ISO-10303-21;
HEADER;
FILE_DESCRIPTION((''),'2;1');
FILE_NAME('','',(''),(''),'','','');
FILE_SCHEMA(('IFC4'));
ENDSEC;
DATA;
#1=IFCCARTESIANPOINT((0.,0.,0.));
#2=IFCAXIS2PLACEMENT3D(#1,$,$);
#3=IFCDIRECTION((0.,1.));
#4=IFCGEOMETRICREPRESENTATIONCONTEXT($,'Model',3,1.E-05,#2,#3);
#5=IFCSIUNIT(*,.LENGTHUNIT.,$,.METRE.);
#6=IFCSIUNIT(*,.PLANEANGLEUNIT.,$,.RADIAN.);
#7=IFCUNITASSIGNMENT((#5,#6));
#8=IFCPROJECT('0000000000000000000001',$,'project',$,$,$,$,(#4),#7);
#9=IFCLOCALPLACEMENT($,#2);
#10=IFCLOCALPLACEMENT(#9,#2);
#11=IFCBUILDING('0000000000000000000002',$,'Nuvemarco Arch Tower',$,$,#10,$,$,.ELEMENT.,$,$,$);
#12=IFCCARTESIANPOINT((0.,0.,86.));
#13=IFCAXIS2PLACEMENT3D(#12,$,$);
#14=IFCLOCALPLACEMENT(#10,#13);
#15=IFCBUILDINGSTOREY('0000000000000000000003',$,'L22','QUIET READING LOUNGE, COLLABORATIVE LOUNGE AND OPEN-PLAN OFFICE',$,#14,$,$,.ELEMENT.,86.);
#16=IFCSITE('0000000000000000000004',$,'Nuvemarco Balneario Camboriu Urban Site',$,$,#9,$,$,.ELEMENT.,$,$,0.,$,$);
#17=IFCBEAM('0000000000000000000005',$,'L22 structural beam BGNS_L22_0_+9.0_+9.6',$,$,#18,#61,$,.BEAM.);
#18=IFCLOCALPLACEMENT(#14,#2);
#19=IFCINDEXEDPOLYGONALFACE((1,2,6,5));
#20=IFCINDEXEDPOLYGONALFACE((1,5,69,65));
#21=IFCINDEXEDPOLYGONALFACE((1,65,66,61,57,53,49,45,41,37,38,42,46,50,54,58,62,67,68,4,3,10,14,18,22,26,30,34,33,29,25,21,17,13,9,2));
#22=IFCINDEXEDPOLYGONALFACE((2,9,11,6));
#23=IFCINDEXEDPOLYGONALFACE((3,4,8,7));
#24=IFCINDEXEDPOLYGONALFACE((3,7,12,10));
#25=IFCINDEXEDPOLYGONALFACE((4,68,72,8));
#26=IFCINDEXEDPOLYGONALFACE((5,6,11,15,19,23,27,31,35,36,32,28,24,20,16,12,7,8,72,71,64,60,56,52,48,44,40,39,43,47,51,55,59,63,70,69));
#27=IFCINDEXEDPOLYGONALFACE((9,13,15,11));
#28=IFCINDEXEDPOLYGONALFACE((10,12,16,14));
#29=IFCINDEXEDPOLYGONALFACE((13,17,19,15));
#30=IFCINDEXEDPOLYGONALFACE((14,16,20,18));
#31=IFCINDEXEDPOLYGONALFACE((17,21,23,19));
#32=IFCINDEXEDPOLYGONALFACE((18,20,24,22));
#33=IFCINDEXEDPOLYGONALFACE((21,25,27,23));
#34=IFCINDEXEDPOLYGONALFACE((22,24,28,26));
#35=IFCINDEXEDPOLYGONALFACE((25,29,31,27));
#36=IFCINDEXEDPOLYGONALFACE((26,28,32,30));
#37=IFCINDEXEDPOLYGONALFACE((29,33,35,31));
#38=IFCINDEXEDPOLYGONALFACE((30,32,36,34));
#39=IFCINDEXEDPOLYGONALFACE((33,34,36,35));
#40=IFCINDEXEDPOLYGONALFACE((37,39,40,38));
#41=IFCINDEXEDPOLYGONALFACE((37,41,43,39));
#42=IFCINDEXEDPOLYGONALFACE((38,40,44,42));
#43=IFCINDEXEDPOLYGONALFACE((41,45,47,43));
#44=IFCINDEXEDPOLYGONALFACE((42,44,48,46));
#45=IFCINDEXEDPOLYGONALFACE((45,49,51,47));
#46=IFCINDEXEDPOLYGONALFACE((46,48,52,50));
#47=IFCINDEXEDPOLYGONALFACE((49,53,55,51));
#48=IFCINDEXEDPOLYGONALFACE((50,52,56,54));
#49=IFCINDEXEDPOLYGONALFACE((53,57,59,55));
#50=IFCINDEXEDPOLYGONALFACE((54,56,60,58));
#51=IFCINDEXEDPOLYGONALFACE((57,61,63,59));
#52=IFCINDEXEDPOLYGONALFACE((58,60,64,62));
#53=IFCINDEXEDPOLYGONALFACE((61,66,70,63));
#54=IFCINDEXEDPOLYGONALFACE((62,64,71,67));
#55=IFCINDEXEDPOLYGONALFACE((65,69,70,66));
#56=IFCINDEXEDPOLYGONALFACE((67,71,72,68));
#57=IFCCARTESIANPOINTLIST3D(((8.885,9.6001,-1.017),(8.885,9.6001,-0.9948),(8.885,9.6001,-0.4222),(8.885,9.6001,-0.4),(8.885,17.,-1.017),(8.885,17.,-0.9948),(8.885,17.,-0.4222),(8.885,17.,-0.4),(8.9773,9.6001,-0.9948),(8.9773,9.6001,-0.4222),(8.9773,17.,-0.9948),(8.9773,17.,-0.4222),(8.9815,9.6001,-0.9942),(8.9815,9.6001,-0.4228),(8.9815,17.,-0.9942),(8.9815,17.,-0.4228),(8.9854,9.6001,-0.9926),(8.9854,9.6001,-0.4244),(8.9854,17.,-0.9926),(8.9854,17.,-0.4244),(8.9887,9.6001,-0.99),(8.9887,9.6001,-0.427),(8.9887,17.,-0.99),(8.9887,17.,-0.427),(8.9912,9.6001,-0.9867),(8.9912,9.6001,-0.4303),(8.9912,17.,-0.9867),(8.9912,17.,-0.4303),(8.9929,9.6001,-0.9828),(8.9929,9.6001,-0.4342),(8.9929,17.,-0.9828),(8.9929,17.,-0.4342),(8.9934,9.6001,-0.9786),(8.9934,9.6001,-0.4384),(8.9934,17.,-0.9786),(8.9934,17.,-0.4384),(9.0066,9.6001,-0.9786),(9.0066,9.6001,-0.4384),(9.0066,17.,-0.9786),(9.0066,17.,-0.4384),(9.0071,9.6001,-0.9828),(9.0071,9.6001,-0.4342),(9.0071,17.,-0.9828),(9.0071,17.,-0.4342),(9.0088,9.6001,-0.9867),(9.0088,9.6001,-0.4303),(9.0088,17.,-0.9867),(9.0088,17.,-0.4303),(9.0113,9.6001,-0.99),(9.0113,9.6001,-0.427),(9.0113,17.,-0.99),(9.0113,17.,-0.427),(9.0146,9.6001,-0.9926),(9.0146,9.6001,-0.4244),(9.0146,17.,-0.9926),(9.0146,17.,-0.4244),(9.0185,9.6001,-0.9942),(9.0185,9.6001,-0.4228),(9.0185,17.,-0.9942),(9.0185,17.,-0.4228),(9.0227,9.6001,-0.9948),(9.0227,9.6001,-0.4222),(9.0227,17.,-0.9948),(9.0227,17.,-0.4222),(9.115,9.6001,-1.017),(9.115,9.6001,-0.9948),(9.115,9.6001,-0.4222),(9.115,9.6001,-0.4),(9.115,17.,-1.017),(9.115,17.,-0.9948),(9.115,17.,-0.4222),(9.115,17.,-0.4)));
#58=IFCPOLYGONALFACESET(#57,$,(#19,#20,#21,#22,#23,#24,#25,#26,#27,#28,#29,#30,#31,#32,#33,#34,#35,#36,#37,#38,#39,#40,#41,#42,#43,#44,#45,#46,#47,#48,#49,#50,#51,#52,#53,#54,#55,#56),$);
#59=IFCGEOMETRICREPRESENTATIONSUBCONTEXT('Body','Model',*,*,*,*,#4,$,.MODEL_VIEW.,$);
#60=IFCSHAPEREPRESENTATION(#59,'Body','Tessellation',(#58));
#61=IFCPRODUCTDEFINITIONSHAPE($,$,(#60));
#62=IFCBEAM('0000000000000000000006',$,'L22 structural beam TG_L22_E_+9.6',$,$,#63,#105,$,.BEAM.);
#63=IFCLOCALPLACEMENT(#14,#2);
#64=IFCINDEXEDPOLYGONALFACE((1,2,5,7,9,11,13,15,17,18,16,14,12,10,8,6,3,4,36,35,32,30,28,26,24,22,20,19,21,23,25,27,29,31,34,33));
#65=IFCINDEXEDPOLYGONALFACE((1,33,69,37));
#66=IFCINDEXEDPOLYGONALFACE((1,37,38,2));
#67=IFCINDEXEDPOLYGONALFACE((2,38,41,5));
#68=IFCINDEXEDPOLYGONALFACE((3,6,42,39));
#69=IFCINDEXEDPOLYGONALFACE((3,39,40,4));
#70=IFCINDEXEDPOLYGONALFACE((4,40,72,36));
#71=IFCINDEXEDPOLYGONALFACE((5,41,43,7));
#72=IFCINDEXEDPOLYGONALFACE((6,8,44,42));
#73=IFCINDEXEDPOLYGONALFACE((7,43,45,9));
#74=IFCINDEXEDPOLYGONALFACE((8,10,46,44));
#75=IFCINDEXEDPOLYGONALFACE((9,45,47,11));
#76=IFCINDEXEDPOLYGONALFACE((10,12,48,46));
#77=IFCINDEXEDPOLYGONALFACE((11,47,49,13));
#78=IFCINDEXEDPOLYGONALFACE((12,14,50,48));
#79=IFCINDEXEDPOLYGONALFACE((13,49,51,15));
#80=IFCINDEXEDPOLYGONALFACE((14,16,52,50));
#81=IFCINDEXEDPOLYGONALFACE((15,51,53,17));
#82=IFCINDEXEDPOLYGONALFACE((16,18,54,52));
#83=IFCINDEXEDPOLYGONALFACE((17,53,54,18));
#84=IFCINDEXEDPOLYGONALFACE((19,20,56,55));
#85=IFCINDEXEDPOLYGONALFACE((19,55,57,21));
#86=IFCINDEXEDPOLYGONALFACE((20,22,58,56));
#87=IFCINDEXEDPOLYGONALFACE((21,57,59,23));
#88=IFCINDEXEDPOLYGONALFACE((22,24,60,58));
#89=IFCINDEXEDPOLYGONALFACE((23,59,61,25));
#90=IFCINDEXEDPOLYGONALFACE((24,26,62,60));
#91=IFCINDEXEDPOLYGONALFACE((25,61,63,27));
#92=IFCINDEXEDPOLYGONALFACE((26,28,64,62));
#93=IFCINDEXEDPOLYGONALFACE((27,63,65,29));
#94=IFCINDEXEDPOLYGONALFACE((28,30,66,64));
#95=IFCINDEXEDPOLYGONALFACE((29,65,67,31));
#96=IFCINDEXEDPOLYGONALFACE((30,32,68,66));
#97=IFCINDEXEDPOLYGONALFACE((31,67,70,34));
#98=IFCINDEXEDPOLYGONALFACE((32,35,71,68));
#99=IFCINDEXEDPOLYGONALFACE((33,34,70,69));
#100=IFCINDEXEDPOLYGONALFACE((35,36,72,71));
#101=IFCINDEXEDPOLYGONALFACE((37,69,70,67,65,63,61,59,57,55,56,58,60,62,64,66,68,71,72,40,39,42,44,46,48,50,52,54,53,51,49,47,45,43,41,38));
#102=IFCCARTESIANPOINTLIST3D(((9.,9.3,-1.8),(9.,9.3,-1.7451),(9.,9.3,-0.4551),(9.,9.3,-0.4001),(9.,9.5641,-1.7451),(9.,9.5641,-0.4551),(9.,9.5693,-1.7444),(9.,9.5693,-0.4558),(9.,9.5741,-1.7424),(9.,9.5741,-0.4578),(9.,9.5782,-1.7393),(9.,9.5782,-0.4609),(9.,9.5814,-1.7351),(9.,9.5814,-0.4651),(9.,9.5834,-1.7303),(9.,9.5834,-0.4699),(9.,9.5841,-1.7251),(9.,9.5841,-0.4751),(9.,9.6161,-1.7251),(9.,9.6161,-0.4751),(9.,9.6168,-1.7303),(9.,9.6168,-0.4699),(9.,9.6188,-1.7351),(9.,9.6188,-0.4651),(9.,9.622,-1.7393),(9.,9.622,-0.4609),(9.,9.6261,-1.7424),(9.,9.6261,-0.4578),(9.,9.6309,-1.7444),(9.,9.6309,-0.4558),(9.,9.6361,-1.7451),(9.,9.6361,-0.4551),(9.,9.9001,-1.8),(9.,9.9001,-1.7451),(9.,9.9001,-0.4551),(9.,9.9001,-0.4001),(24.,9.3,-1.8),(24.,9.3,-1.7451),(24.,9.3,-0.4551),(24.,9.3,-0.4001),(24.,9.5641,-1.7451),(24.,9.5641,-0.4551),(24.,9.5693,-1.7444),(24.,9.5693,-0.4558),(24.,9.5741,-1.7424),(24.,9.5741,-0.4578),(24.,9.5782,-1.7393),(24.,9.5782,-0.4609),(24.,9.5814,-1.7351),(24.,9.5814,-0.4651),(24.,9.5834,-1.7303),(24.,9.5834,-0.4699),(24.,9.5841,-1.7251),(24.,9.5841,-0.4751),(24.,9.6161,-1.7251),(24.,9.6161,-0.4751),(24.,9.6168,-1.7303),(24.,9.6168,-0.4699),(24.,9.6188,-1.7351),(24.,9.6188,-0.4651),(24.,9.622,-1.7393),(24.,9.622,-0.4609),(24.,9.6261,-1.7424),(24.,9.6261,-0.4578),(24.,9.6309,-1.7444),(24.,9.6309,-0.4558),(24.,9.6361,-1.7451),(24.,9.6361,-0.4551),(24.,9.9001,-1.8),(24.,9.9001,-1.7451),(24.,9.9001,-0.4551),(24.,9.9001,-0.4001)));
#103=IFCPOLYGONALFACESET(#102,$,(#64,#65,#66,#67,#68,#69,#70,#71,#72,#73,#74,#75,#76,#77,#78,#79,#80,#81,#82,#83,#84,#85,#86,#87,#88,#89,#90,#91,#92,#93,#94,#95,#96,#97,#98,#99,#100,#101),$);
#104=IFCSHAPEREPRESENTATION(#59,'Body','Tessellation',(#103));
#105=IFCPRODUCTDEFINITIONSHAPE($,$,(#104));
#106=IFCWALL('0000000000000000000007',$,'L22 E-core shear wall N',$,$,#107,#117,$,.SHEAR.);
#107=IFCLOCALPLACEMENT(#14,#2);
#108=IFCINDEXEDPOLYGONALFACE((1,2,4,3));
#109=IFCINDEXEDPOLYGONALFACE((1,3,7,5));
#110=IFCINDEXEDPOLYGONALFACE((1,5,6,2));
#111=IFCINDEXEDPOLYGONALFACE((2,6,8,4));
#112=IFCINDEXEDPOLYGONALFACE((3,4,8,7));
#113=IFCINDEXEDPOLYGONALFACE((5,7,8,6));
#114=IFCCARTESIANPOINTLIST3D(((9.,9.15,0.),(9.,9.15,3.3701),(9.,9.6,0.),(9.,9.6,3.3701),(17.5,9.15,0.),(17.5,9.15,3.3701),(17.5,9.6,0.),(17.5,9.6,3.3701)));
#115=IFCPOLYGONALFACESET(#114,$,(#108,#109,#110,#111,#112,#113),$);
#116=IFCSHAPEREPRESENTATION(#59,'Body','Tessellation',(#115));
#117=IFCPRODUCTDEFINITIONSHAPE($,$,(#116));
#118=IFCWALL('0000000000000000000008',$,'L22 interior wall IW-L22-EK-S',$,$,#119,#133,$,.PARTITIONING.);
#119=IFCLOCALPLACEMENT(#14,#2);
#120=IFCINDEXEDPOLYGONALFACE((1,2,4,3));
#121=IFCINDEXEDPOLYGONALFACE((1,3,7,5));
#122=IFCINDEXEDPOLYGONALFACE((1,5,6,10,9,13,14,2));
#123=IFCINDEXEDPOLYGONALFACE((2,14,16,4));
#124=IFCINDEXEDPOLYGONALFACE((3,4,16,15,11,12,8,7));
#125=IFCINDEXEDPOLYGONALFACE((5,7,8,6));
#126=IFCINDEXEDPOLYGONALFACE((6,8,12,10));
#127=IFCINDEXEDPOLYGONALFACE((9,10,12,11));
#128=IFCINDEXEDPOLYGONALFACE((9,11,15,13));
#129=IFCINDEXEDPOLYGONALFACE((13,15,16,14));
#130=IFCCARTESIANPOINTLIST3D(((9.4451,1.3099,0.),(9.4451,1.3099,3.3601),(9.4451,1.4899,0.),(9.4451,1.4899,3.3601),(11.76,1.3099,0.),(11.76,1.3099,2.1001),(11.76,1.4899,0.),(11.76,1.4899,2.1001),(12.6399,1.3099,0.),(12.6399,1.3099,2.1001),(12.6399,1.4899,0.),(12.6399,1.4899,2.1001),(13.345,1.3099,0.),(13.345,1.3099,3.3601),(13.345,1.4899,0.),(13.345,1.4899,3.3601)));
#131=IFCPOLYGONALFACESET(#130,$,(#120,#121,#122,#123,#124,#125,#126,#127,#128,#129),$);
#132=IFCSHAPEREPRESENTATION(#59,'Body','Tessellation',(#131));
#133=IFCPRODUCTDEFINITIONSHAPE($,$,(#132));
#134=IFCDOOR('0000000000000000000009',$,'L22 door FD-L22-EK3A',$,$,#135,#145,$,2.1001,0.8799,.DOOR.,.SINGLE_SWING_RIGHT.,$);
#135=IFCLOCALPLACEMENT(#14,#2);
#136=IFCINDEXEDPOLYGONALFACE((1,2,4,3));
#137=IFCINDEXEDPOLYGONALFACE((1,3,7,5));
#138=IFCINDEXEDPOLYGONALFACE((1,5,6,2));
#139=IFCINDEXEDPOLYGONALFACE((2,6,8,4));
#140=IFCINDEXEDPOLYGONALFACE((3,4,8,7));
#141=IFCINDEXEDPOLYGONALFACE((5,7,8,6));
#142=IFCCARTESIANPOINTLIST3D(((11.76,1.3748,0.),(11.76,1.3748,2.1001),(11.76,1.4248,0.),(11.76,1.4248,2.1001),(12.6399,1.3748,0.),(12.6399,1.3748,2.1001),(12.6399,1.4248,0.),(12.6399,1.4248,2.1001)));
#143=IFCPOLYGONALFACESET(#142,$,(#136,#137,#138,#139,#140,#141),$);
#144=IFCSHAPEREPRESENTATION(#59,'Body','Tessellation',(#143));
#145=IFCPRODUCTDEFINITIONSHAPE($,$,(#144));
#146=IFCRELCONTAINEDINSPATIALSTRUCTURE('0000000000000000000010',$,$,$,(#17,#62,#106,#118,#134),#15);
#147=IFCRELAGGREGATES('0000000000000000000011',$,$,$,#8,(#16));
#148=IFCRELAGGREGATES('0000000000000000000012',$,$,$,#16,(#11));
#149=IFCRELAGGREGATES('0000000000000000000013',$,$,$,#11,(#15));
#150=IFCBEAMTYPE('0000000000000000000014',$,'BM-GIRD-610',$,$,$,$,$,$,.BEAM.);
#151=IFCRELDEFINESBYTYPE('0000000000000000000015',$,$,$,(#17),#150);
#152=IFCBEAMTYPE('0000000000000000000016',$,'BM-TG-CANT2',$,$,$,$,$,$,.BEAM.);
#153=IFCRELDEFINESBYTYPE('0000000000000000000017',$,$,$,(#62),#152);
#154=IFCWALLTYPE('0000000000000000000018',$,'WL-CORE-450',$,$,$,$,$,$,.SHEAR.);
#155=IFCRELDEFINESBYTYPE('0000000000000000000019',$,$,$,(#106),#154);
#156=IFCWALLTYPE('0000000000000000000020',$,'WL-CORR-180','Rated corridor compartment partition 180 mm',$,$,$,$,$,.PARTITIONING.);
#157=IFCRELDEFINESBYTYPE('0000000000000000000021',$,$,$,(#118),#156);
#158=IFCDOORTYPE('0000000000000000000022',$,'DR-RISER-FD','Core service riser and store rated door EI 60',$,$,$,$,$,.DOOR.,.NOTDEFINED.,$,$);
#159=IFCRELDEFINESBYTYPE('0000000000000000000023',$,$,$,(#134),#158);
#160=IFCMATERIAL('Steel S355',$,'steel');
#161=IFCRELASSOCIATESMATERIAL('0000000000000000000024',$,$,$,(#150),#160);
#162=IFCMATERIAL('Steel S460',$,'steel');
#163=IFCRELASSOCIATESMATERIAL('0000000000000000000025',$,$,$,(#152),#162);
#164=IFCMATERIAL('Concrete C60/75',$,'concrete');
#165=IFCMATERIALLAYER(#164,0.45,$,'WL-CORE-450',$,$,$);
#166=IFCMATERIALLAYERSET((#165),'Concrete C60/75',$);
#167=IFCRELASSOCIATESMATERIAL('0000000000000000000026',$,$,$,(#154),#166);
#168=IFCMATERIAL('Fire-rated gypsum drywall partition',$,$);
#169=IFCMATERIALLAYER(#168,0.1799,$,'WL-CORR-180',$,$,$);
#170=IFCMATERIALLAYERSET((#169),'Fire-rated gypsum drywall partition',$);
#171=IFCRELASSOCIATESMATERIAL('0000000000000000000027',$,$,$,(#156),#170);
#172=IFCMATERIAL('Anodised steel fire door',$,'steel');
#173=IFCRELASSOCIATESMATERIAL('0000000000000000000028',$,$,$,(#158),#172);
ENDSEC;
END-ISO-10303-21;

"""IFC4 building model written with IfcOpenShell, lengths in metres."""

from ifc_helpers import new_model, si_unit, direction, frame, frame_2d, origin, origin_2d, place, context, subcontext, project, spatial, rectangle, i_section, extrude, source, transform, mapped, material, layer, layer_set, material_profile, profile_set, type_object, type_shapes, element, fill, save


model = new_model("IFC4")

# Units and contexts
model_context = context("Model", 3, precision=1e-05, world=origin(), true_north=direction((0.0, 1.0)))
body_context = subcontext(model_context, "Body", "Model", "MODEL_VIEW")
ifc_project = project(units=[si_unit("LENGTHUNIT", "METRE"), si_unit("PLANEANGLEUNIT", "RADIAN")], contexts=[model_context])

# Site, building, storey
site_placement = place(None, origin())
site = spatial("IfcSite", under=ifc_project, at=site_placement, Name="Nuvemarco Balneario Camboriu Urban Site", CompositionType="ELEMENT", RefElevation=0.0)
building_placement = place(site_placement, origin())
building = spatial("IfcBuilding", under=site, at=building_placement, Name="Nuvemarco Arch Tower", CompositionType="ELEMENT")
storey_placement = place(building_placement, frame((0.0, 0.0, 86.0)))
storey = spatial("IfcBuildingStorey", under=building, at=storey_placement, Name="L22", Description="QUIET READING LOUNGE, COLLABORATIVE LOUNGE AND OPEN-PLAN OFFICE", CompositionType="ELEMENT", Elevation=86.0)

# Shared definitions
ifc_material_1 = material(Name="Concrete C60/75", Category="concrete")
ifc_material_2 = material(Name="Steel S355", Category="steel")

# Beams
ifc_material_profile_1 = material_profile(ifc_material_2, i_section(OverallWidth=0.23, OverallDepth=0.6169, WebThickness=0.0132, FlangeThickness=0.0222, FilletRadius=0.0161, at=origin_2d()), Name="W610x140")
ifc_profile_set_1 = profile_set([ifc_material_profile_1], Name="Steel S355")
beam_type_1 = type_object("IfcBeamType", Name="BM-GIRD-610", PredefinedType="BEAM", material=ifc_profile_set_1)
beam_1_placement = place(storey_placement, frame((9.0, 9.6001, -0.7085), z_axis=(0.0, 1.0, 0.0), x_axis=(-1.0, 0.0, 0.0)))
element("IfcBeam", 1, at=beam_1_placement, inside=storey, type_object=beam_type_1, Name="L22 structural beam BGNS_L22_0_+9.0_+9.6", PredefinedType="BEAM", context=body_context, shape_type="SweptSolid", body=[
    extrude(i_section(OverallWidth=0.23, OverallDepth=0.6169, WebThickness=0.0132, FlangeThickness=0.0222, FilletRadius=0.0161, at=origin_2d()), origin(), (0.0, 0.0, 1.0), 7.3999),
])
ifc_material_3 = material(Name="Steel S460", Category="steel")
ifc_material_profile_2 = material_profile(ifc_material_3, i_section(OverallWidth=0.6001, OverallDepth=1.3999, WebThickness=0.032, FlangeThickness=0.0549, FilletRadius=0.02, at=origin_2d()), Name="PG1400x600")
ifc_profile_set_2 = profile_set([ifc_material_profile_2], Name="Steel S460")
beam_type_2 = type_object("IfcBeamType", Name="BM-TG-CANT2", PredefinedType="BEAM", material=ifc_profile_set_2)
beam_2_placement = place(storey_placement, frame((9.0, 9.6001, -1.1001), z_axis=(1.0, 0.0, 0.0), x_axis=(0.0, 1.0, 0.0)))
element("IfcBeam", 2, at=beam_2_placement, inside=storey, type_object=beam_type_2, Name="L22 structural beam TG_L22_E_+9.6", PredefinedType="BEAM", context=body_context, shape_type="SweptSolid", body=[
    extrude(i_section(OverallWidth=0.6001, OverallDepth=1.3999, WebThickness=0.032, FlangeThickness=0.0549, FilletRadius=0.02, at=origin_2d()), origin(), (0.0, 0.0, 1.0), 15.0),
])

# Wall
ifc_layer_1 = layer(ifc_material_1, 0.45, Name="WL-CORE-450")
ifc_layer_set_1 = layer_set([ifc_layer_1], Name="Concrete C60/75")
wall_type_1 = type_object("IfcWallType", Name="WL-CORE-450", PredefinedType="SHEAR", material=ifc_layer_set_1)
wall_1_placement = place(storey_placement, frame((9.0, 9.375, 0.0), z_axis=(0.0, 0.0, 1.0), x_axis=(1.0, 0.0, 0.0)))
element("IfcWall", 3, at=wall_1_placement, inside=storey, type_object=wall_type_1, Name="L22 E-core shear wall N", PredefinedType="SHEAR", context=body_context, shape_type="SweptSolid", body=[
    extrude(rectangle(XDim=8.5, YDim=0.45, at=frame_2d((4.25, 0.0))), origin(), (0.0, 0.0, 1.0), 3.3701),
])

# Wall, opening, door
ifc_material_4 = material(Name="Fire-rated gypsum drywall partition")
ifc_layer_2 = layer(ifc_material_4, 0.1799, Name="WL-CORR-180")
ifc_layer_set_2 = layer_set([ifc_layer_2], Name="Fire-rated gypsum drywall partition")
wall_type_2 = type_object("IfcWallType", Name="WL-CORR-180", Description="Rated corridor compartment partition 180 mm", PredefinedType="PARTITIONING", material=ifc_layer_set_2)
wall_2_placement = place(storey_placement, frame((9.4451, 1.3999, 0.0), z_axis=(0.0, 0.0, 1.0), x_axis=(1.0, 0.0, 0.0)))
wall_2 = element("IfcWall", 4, at=wall_2_placement, inside=storey, type_object=wall_type_2, Name="L22 interior wall IW-L22-EK-S", PredefinedType="PARTITIONING", context=body_context, shape_type="SweptSolid", body=[
    extrude(rectangle(XDim=3.8999, YDim=0.1799, at=frame_2d((1.95, 0.0))), origin(), (0.0, 0.0, 1.0), 3.3601),
])
opening_1_placement = place(wall_2_placement, frame((2.3149, 0.0, 0.0)))
opening_1 = element("IfcOpeningElement", 5, at=opening_1_placement, cuts=wall_2, PredefinedType="OPENING", context=body_context, shape_type="SweptSolid", body=[
    extrude(rectangle(XDim=0.8799, YDim=2.1001, at=frame_2d((0.4399, 1.05))), frame((0.0, 0.0999, 0.0), z_axis=(0.0, -1.0, 0.0), x_axis=(1.0, 0.0, 0.0)), (0.0, 0.0, 1.0), 0.2),
])
ifc_material_5 = material(Name="Anodised steel fire door", Category="steel")
door_type_1 = type_object("IfcDoorType", Name="DR-RISER-FD", Description="Core service riser and store rated door EI 60", OperationType="NOTDEFINED", PredefinedType="DOOR", material=ifc_material_5)
shared_shape_1 = source(origin(), body_context, "Body", "SweptSolid", [
    extrude(rectangle(XDim=0.8799, YDim=2.1001, at=frame_2d((0.4399, 1.05))), frame((0.0, 0.0249, 0.0), z_axis=(0.0, -1.0, 0.0), x_axis=(1.0, 0.0, 0.0)), (0.0, 0.0, 1.0), 0.05),
])
type_shapes(door_type_1, [shared_shape_1])
door_1_placement = place(opening_1_placement, origin())
door_1 = element("IfcDoor", 6, at=door_1_placement, inside=storey, type_object=door_type_1, Name="L22 door FD-L22-EK3A", OperationType="SINGLE_SWING_RIGHT", OverallHeight=2.1001, OverallWidth=0.8799, PredefinedType="DOOR", context=body_context, shape_type="MappedRepresentation", body=[
    mapped(shared_shape_1, transform((0.0, 0.0, 0.0), scale=1.0)),
])
fill(opening_1, door_1)

save(model, "model.ifc")
